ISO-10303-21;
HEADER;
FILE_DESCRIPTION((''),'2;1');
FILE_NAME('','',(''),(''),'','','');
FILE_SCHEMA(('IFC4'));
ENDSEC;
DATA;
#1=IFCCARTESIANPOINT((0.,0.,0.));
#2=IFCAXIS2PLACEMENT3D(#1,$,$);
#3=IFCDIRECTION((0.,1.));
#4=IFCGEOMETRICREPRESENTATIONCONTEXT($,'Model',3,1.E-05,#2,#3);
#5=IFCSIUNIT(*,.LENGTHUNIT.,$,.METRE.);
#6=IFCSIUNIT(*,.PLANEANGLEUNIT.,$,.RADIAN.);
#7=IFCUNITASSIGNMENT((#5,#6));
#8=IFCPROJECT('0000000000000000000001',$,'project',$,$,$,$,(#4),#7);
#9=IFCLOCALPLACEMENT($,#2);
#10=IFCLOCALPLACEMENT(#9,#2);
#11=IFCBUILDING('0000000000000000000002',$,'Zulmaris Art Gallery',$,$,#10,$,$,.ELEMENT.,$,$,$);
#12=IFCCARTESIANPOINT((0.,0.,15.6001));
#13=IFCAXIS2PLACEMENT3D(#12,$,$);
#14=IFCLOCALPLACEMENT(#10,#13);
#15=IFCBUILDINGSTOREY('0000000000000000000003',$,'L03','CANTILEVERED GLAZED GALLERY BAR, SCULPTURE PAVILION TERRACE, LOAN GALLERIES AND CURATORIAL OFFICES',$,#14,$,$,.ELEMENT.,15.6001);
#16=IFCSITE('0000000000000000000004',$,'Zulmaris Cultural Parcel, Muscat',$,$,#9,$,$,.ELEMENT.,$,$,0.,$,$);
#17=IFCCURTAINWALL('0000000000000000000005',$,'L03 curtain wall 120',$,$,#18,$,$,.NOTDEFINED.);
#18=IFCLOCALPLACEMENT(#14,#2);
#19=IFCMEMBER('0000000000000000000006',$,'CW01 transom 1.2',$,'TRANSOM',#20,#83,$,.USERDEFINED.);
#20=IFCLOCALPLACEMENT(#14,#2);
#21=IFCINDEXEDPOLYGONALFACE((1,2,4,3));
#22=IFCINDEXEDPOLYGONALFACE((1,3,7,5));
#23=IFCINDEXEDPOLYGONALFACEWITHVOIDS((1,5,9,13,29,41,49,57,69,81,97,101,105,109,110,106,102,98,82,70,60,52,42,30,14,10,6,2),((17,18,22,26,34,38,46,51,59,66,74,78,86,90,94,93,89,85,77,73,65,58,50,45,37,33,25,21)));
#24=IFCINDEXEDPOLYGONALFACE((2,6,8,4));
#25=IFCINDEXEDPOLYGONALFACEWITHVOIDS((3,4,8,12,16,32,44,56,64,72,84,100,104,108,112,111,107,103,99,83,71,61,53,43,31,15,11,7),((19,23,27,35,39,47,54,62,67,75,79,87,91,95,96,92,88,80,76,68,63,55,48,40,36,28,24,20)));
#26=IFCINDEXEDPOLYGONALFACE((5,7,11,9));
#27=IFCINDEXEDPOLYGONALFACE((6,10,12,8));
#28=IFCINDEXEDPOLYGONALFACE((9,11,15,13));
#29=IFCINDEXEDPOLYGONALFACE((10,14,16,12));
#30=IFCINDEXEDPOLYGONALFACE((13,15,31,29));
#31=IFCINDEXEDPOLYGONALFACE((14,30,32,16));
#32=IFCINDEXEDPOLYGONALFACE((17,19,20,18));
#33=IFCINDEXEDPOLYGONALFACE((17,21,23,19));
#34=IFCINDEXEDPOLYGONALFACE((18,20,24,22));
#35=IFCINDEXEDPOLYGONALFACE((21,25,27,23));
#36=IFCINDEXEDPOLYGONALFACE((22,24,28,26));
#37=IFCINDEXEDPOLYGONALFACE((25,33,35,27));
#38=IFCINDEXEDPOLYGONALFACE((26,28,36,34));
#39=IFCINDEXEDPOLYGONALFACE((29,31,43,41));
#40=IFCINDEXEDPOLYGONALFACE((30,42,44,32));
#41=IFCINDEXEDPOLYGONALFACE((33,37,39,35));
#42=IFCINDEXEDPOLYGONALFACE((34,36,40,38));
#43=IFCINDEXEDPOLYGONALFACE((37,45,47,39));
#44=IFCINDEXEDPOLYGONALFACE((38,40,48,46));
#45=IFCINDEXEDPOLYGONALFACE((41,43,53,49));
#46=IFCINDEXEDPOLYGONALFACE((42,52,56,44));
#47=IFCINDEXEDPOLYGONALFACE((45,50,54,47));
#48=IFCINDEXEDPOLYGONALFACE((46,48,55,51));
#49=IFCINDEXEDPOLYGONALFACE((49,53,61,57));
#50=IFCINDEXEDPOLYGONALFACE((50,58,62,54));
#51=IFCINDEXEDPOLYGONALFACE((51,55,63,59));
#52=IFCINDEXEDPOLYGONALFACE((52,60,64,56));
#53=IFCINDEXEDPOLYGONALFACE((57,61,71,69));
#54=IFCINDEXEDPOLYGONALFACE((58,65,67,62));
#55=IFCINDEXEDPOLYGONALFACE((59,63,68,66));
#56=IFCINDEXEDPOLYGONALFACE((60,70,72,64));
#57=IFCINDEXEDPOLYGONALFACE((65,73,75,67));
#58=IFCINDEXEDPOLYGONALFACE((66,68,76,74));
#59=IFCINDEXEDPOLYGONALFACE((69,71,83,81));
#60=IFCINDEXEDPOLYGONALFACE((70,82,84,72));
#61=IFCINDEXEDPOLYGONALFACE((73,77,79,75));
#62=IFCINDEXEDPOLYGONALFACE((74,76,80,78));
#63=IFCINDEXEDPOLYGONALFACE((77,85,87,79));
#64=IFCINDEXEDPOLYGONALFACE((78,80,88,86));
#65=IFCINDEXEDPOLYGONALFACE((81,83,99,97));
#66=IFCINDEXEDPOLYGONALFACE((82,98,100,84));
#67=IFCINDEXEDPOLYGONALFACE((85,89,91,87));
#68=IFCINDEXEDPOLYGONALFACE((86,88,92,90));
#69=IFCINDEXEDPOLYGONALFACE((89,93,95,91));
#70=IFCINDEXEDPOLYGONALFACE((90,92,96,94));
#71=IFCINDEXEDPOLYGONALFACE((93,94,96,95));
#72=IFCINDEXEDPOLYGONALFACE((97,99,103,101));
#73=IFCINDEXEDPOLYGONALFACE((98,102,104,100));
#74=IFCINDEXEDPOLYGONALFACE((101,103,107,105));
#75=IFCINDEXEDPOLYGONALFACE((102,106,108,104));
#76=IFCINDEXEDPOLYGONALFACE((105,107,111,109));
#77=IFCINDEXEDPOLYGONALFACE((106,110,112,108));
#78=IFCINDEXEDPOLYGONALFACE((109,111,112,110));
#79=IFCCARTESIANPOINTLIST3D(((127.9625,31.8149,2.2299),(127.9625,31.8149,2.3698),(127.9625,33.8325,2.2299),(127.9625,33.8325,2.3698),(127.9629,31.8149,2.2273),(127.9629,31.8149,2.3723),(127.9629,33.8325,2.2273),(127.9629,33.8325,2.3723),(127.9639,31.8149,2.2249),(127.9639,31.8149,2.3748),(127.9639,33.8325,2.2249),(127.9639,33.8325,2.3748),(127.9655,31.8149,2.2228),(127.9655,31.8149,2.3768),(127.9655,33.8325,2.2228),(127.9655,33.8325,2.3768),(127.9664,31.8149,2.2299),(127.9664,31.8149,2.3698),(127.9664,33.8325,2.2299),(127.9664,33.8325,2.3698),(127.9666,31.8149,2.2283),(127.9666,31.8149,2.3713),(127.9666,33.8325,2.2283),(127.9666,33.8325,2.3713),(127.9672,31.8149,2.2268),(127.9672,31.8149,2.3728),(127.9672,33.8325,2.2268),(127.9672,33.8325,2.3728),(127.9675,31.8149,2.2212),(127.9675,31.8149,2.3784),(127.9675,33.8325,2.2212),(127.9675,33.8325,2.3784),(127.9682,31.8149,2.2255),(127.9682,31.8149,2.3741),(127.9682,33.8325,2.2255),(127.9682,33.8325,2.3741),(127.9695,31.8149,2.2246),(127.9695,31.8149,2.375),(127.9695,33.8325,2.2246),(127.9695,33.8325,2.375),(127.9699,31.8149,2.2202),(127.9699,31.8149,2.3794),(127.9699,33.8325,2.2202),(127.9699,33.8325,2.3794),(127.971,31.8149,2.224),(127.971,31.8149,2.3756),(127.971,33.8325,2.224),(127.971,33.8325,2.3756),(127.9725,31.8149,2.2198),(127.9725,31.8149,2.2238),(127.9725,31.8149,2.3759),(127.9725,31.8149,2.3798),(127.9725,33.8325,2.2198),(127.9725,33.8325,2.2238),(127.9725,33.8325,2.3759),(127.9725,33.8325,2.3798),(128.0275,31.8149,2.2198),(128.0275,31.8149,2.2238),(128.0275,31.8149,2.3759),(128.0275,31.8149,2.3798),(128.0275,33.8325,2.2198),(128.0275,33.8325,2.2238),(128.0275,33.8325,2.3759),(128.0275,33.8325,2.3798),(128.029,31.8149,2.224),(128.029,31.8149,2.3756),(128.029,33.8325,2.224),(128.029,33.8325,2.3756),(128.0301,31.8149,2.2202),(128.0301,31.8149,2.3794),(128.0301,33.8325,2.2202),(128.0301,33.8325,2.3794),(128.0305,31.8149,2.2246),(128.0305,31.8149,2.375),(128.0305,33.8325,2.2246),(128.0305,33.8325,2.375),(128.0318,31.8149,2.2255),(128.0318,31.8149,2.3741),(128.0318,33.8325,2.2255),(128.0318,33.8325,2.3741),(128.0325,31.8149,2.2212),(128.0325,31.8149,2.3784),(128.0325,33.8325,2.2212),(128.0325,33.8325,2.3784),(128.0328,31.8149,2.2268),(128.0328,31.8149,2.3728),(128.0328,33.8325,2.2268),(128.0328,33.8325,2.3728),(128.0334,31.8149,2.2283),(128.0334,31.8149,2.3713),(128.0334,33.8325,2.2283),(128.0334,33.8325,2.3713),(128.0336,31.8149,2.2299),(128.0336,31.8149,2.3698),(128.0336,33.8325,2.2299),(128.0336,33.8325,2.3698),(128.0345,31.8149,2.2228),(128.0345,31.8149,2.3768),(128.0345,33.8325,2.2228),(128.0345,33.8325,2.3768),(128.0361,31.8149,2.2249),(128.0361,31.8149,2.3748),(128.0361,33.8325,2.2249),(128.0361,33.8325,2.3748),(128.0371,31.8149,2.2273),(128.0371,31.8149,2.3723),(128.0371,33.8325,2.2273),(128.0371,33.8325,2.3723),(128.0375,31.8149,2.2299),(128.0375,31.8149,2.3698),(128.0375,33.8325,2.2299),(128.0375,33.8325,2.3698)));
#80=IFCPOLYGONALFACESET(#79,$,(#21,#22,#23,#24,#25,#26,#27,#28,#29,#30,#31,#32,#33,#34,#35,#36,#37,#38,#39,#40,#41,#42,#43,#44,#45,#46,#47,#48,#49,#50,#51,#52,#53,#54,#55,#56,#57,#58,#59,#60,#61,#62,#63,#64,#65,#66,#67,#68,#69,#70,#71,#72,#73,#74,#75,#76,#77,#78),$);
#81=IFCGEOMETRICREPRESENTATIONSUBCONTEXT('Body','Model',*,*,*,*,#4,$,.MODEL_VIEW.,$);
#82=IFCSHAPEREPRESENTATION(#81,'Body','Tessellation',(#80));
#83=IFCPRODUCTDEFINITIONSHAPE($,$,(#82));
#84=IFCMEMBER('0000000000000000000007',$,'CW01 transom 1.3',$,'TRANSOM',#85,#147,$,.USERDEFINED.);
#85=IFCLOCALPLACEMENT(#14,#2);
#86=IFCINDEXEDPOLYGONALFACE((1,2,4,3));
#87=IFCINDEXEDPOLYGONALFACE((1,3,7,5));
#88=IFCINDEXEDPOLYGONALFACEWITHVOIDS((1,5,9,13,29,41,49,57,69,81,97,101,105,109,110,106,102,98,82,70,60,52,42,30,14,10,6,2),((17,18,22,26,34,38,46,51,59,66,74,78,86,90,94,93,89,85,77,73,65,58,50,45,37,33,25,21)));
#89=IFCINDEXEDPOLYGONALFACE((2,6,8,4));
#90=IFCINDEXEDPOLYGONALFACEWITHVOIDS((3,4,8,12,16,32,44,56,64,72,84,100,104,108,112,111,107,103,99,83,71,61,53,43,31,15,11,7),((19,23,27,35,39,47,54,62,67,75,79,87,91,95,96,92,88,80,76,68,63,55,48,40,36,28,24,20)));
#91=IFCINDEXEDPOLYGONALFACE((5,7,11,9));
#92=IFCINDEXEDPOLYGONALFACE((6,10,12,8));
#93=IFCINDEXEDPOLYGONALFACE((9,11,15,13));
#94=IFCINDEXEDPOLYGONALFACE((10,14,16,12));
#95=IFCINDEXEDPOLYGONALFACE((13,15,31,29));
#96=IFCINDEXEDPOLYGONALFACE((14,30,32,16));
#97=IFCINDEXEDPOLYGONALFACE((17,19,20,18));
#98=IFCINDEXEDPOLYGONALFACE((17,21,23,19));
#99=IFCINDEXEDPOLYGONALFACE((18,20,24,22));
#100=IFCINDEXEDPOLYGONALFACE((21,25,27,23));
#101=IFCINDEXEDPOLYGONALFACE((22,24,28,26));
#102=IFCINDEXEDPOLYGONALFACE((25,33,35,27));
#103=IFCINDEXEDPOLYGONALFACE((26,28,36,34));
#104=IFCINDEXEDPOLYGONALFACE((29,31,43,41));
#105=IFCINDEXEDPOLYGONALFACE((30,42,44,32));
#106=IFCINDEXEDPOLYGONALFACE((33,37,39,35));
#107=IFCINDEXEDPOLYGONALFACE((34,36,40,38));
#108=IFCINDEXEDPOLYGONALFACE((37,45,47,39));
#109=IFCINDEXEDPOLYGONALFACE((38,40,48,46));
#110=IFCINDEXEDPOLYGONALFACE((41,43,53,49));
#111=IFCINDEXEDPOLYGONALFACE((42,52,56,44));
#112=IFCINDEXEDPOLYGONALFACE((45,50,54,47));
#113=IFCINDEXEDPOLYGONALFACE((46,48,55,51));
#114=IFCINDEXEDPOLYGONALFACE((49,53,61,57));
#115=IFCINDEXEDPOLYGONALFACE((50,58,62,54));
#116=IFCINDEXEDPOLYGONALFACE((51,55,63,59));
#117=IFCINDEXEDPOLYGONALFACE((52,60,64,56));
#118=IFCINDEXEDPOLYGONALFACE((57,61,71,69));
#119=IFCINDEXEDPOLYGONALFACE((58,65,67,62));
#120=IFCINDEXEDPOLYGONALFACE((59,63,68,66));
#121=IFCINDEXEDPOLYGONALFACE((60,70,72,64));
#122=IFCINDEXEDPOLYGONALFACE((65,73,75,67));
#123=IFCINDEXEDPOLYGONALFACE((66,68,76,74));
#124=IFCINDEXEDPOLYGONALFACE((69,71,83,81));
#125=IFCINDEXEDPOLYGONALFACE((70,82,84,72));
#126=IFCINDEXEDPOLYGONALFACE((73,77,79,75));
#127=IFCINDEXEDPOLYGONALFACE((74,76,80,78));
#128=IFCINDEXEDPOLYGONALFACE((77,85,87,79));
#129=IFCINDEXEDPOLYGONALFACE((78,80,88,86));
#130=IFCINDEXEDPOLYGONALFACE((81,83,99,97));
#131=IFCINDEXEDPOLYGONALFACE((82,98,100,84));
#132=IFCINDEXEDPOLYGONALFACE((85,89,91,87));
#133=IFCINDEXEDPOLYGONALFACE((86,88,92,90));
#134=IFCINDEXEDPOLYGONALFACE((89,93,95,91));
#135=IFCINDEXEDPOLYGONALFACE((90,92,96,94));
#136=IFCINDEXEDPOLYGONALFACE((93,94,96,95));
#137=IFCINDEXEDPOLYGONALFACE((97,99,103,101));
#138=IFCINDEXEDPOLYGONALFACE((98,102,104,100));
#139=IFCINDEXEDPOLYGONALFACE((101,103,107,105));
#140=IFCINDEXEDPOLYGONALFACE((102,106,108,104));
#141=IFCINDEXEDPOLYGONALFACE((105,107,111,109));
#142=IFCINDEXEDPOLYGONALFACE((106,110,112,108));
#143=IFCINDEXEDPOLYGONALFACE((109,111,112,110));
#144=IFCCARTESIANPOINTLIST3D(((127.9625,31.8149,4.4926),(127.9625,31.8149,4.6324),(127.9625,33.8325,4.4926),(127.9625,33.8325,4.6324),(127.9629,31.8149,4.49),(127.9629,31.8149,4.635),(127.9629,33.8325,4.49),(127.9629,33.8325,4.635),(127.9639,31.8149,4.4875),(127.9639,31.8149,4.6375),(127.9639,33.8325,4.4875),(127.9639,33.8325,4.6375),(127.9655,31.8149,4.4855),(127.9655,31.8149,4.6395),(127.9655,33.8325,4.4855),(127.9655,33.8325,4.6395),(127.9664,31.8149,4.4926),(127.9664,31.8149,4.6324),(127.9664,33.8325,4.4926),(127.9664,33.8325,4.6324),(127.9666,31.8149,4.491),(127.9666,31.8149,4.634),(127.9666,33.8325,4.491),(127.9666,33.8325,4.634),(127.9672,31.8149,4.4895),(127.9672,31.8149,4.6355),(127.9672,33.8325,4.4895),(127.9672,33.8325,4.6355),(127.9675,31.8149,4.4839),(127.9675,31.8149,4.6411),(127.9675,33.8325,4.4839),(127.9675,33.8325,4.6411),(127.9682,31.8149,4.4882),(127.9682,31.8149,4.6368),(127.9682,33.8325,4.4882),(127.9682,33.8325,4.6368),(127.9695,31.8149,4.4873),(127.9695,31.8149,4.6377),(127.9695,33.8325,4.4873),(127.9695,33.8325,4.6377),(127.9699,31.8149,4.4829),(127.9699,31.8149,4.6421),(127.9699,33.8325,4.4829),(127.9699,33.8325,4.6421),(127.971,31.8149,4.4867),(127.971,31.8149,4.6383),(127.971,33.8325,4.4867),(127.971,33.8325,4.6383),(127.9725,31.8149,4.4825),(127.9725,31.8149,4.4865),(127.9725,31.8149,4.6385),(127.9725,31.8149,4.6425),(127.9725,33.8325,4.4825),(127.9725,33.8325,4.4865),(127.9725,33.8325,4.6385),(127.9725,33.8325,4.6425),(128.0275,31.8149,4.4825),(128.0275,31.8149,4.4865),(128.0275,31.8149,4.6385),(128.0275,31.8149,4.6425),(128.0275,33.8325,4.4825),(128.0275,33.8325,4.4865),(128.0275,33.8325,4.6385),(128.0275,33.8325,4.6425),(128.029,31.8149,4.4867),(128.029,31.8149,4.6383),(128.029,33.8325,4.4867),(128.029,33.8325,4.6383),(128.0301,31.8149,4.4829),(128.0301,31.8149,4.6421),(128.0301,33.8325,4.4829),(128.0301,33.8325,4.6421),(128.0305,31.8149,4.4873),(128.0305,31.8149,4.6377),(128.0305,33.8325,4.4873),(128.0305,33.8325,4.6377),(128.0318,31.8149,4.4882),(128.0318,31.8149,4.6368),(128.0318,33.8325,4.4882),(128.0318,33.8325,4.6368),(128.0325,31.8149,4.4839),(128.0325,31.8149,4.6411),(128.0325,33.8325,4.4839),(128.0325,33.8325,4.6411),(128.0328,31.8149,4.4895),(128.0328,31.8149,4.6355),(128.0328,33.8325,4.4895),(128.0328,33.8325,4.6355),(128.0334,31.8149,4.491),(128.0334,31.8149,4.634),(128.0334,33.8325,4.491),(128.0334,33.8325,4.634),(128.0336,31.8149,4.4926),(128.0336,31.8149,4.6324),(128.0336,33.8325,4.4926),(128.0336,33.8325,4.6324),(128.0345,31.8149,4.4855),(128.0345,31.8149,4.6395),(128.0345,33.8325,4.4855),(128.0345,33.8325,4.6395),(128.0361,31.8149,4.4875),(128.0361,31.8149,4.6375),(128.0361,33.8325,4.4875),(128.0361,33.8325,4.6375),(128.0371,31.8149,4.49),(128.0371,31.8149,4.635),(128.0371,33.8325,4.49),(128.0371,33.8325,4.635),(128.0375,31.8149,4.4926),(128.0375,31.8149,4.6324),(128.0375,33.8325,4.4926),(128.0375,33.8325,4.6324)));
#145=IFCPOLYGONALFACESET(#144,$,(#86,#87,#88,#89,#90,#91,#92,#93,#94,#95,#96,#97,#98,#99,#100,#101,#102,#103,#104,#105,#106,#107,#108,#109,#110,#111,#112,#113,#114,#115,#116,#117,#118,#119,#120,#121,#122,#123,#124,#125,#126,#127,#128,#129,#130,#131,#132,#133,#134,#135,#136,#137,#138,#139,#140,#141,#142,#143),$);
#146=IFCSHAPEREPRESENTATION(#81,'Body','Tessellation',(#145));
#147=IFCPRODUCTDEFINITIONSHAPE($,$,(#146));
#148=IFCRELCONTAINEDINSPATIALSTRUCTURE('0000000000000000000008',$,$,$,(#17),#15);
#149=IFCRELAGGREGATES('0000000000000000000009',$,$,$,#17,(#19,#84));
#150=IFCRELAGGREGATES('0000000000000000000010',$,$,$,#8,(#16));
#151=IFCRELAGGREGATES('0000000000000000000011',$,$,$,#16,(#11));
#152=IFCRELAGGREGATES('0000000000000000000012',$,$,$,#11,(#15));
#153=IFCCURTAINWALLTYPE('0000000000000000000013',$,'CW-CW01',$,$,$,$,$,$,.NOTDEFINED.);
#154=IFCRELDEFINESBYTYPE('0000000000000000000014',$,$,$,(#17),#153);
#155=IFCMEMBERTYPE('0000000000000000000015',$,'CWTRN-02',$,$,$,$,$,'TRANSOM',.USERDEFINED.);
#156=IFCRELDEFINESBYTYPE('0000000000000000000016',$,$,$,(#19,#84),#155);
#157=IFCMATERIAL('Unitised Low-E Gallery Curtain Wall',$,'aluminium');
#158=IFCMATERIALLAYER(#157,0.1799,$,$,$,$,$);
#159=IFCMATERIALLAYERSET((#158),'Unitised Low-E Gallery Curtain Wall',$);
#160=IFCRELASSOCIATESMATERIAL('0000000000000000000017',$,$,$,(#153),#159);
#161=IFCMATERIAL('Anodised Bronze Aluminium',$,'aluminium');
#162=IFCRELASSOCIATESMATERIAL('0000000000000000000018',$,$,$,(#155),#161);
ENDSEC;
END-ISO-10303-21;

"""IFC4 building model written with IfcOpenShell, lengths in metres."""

from ifc_helpers import new_model, si_unit, direction, frame, origin, origin_2d, place, context, subcontext, project, spatial, hollow_rectangle, extrude, material, layer, layer_set, material_profile, profile_set, type_object, element, aggregate, save


model = new_model("IFC4")

# Units and contexts
model_context = context("Model", 3, precision=1e-05, world=origin(), true_north=direction((0.0, 1.0)))
body_context = subcontext(model_context, "Body", "Model", "MODEL_VIEW")
ifc_project = project(units=[si_unit("LENGTHUNIT", "METRE"), si_unit("PLANEANGLEUNIT", "RADIAN")], contexts=[model_context])

# Site, building, storey
site_placement = place(None, origin())
site = spatial("IfcSite", under=ifc_project, at=site_placement, Name="Zulmaris Cultural Parcel, Muscat", CompositionType="ELEMENT", RefElevation=0.0)
building_placement = place(site_placement, origin())
building = spatial("IfcBuilding", under=site, at=building_placement, Name="Zulmaris Art Gallery", CompositionType="ELEMENT")
storey_placement = place(building_placement, frame((0.0, 0.0, 15.6001)))
storey = spatial("IfcBuildingStorey", under=building, at=storey_placement, Name="L03", Description="CANTILEVERED GLAZED GALLERY BAR, SCULPTURE PAVILION TERRACE, LOAN GALLERIES AND CURATORIAL OFFICES", CompositionType="ELEMENT", Elevation=15.6001)

# Curtain wall, members
ifc_material_1 = material(Name="Unitised Low-E Gallery Curtain Wall", Category="aluminium")
ifc_layer_1 = layer(ifc_material_1, 0.1799)
ifc_layer_set_1 = layer_set([ifc_layer_1], Name="Unitised Low-E Gallery Curtain Wall")
curtain_wall_type = type_object("IfcCurtainWallType", Name="CW-CW01", PredefinedType="NOTDEFINED", material=ifc_layer_set_1)
curtain_wall_placement = place(storey_placement, origin())
curtain_wall = element("IfcCurtainWall", 1, at=curtain_wall_placement, inside=storey, type_object=curtain_wall_type, Name="L03 curtain wall 120", PredefinedType="NOTDEFINED")
ifc_material_2 = material(Name="Anodised Bronze Aluminium", Category="aluminium")
ifc_material_profile_1 = material_profile(ifc_material_2, hollow_rectangle(XDim=0.075, YDim=0.1599, WallThickness=0.0039, InnerFilletRadius=0.0061, OuterFilletRadius=0.01, at=origin_2d()), Name="ALU 75x160x4")
ifc_profile_set_1 = profile_set([ifc_material_profile_1], Name="Anodised Bronze Aluminium")
member_type_1 = type_object("IfcMemberType", Name="CWTRN-02", ElementType="TRANSOM", PredefinedType="USERDEFINED", material=ifc_profile_set_1)
member_1_placement = place(storey_placement, frame((128.0, 31.8149, 2.2998), z_axis=(0.0, 1.0, 0.0), x_axis=(-1.0, 0.0, 0.0)))
member_1 = element("IfcMember", 2, at=member_1_placement, type_object=member_type_1, Name="CW01 transom 1.2", ObjectType="TRANSOM", PredefinedType="USERDEFINED", context=body_context, shape_type="SweptSolid", body=[
    extrude(hollow_rectangle(XDim=0.075, YDim=0.1599, WallThickness=0.0039, InnerFilletRadius=0.0061, OuterFilletRadius=0.01, at=origin_2d()), origin(), (0.0, 0.0, 1.0), 2.0176),
])
member_2_placement = place(storey_placement, frame((128.0, 31.8149, 4.5625), z_axis=(0.0, 1.0, 0.0), x_axis=(-1.0, 0.0, 0.0)))
member_2 = element("IfcMember", 3, at=member_2_placement, type_object=member_type_1, Name="CW01 transom 1.3", ObjectType="TRANSOM", PredefinedType="USERDEFINED", context=body_context, shape_type="SweptSolid", body=[
    extrude(hollow_rectangle(XDim=0.075, YDim=0.1599, WallThickness=0.0039, InnerFilletRadius=0.0061, OuterFilletRadius=0.01, at=origin_2d()), origin(), (0.0, 0.0, 1.0), 2.0176),
])
aggregate(curtain_wall, [member_1, member_2])

save(model, "model.ifc")
